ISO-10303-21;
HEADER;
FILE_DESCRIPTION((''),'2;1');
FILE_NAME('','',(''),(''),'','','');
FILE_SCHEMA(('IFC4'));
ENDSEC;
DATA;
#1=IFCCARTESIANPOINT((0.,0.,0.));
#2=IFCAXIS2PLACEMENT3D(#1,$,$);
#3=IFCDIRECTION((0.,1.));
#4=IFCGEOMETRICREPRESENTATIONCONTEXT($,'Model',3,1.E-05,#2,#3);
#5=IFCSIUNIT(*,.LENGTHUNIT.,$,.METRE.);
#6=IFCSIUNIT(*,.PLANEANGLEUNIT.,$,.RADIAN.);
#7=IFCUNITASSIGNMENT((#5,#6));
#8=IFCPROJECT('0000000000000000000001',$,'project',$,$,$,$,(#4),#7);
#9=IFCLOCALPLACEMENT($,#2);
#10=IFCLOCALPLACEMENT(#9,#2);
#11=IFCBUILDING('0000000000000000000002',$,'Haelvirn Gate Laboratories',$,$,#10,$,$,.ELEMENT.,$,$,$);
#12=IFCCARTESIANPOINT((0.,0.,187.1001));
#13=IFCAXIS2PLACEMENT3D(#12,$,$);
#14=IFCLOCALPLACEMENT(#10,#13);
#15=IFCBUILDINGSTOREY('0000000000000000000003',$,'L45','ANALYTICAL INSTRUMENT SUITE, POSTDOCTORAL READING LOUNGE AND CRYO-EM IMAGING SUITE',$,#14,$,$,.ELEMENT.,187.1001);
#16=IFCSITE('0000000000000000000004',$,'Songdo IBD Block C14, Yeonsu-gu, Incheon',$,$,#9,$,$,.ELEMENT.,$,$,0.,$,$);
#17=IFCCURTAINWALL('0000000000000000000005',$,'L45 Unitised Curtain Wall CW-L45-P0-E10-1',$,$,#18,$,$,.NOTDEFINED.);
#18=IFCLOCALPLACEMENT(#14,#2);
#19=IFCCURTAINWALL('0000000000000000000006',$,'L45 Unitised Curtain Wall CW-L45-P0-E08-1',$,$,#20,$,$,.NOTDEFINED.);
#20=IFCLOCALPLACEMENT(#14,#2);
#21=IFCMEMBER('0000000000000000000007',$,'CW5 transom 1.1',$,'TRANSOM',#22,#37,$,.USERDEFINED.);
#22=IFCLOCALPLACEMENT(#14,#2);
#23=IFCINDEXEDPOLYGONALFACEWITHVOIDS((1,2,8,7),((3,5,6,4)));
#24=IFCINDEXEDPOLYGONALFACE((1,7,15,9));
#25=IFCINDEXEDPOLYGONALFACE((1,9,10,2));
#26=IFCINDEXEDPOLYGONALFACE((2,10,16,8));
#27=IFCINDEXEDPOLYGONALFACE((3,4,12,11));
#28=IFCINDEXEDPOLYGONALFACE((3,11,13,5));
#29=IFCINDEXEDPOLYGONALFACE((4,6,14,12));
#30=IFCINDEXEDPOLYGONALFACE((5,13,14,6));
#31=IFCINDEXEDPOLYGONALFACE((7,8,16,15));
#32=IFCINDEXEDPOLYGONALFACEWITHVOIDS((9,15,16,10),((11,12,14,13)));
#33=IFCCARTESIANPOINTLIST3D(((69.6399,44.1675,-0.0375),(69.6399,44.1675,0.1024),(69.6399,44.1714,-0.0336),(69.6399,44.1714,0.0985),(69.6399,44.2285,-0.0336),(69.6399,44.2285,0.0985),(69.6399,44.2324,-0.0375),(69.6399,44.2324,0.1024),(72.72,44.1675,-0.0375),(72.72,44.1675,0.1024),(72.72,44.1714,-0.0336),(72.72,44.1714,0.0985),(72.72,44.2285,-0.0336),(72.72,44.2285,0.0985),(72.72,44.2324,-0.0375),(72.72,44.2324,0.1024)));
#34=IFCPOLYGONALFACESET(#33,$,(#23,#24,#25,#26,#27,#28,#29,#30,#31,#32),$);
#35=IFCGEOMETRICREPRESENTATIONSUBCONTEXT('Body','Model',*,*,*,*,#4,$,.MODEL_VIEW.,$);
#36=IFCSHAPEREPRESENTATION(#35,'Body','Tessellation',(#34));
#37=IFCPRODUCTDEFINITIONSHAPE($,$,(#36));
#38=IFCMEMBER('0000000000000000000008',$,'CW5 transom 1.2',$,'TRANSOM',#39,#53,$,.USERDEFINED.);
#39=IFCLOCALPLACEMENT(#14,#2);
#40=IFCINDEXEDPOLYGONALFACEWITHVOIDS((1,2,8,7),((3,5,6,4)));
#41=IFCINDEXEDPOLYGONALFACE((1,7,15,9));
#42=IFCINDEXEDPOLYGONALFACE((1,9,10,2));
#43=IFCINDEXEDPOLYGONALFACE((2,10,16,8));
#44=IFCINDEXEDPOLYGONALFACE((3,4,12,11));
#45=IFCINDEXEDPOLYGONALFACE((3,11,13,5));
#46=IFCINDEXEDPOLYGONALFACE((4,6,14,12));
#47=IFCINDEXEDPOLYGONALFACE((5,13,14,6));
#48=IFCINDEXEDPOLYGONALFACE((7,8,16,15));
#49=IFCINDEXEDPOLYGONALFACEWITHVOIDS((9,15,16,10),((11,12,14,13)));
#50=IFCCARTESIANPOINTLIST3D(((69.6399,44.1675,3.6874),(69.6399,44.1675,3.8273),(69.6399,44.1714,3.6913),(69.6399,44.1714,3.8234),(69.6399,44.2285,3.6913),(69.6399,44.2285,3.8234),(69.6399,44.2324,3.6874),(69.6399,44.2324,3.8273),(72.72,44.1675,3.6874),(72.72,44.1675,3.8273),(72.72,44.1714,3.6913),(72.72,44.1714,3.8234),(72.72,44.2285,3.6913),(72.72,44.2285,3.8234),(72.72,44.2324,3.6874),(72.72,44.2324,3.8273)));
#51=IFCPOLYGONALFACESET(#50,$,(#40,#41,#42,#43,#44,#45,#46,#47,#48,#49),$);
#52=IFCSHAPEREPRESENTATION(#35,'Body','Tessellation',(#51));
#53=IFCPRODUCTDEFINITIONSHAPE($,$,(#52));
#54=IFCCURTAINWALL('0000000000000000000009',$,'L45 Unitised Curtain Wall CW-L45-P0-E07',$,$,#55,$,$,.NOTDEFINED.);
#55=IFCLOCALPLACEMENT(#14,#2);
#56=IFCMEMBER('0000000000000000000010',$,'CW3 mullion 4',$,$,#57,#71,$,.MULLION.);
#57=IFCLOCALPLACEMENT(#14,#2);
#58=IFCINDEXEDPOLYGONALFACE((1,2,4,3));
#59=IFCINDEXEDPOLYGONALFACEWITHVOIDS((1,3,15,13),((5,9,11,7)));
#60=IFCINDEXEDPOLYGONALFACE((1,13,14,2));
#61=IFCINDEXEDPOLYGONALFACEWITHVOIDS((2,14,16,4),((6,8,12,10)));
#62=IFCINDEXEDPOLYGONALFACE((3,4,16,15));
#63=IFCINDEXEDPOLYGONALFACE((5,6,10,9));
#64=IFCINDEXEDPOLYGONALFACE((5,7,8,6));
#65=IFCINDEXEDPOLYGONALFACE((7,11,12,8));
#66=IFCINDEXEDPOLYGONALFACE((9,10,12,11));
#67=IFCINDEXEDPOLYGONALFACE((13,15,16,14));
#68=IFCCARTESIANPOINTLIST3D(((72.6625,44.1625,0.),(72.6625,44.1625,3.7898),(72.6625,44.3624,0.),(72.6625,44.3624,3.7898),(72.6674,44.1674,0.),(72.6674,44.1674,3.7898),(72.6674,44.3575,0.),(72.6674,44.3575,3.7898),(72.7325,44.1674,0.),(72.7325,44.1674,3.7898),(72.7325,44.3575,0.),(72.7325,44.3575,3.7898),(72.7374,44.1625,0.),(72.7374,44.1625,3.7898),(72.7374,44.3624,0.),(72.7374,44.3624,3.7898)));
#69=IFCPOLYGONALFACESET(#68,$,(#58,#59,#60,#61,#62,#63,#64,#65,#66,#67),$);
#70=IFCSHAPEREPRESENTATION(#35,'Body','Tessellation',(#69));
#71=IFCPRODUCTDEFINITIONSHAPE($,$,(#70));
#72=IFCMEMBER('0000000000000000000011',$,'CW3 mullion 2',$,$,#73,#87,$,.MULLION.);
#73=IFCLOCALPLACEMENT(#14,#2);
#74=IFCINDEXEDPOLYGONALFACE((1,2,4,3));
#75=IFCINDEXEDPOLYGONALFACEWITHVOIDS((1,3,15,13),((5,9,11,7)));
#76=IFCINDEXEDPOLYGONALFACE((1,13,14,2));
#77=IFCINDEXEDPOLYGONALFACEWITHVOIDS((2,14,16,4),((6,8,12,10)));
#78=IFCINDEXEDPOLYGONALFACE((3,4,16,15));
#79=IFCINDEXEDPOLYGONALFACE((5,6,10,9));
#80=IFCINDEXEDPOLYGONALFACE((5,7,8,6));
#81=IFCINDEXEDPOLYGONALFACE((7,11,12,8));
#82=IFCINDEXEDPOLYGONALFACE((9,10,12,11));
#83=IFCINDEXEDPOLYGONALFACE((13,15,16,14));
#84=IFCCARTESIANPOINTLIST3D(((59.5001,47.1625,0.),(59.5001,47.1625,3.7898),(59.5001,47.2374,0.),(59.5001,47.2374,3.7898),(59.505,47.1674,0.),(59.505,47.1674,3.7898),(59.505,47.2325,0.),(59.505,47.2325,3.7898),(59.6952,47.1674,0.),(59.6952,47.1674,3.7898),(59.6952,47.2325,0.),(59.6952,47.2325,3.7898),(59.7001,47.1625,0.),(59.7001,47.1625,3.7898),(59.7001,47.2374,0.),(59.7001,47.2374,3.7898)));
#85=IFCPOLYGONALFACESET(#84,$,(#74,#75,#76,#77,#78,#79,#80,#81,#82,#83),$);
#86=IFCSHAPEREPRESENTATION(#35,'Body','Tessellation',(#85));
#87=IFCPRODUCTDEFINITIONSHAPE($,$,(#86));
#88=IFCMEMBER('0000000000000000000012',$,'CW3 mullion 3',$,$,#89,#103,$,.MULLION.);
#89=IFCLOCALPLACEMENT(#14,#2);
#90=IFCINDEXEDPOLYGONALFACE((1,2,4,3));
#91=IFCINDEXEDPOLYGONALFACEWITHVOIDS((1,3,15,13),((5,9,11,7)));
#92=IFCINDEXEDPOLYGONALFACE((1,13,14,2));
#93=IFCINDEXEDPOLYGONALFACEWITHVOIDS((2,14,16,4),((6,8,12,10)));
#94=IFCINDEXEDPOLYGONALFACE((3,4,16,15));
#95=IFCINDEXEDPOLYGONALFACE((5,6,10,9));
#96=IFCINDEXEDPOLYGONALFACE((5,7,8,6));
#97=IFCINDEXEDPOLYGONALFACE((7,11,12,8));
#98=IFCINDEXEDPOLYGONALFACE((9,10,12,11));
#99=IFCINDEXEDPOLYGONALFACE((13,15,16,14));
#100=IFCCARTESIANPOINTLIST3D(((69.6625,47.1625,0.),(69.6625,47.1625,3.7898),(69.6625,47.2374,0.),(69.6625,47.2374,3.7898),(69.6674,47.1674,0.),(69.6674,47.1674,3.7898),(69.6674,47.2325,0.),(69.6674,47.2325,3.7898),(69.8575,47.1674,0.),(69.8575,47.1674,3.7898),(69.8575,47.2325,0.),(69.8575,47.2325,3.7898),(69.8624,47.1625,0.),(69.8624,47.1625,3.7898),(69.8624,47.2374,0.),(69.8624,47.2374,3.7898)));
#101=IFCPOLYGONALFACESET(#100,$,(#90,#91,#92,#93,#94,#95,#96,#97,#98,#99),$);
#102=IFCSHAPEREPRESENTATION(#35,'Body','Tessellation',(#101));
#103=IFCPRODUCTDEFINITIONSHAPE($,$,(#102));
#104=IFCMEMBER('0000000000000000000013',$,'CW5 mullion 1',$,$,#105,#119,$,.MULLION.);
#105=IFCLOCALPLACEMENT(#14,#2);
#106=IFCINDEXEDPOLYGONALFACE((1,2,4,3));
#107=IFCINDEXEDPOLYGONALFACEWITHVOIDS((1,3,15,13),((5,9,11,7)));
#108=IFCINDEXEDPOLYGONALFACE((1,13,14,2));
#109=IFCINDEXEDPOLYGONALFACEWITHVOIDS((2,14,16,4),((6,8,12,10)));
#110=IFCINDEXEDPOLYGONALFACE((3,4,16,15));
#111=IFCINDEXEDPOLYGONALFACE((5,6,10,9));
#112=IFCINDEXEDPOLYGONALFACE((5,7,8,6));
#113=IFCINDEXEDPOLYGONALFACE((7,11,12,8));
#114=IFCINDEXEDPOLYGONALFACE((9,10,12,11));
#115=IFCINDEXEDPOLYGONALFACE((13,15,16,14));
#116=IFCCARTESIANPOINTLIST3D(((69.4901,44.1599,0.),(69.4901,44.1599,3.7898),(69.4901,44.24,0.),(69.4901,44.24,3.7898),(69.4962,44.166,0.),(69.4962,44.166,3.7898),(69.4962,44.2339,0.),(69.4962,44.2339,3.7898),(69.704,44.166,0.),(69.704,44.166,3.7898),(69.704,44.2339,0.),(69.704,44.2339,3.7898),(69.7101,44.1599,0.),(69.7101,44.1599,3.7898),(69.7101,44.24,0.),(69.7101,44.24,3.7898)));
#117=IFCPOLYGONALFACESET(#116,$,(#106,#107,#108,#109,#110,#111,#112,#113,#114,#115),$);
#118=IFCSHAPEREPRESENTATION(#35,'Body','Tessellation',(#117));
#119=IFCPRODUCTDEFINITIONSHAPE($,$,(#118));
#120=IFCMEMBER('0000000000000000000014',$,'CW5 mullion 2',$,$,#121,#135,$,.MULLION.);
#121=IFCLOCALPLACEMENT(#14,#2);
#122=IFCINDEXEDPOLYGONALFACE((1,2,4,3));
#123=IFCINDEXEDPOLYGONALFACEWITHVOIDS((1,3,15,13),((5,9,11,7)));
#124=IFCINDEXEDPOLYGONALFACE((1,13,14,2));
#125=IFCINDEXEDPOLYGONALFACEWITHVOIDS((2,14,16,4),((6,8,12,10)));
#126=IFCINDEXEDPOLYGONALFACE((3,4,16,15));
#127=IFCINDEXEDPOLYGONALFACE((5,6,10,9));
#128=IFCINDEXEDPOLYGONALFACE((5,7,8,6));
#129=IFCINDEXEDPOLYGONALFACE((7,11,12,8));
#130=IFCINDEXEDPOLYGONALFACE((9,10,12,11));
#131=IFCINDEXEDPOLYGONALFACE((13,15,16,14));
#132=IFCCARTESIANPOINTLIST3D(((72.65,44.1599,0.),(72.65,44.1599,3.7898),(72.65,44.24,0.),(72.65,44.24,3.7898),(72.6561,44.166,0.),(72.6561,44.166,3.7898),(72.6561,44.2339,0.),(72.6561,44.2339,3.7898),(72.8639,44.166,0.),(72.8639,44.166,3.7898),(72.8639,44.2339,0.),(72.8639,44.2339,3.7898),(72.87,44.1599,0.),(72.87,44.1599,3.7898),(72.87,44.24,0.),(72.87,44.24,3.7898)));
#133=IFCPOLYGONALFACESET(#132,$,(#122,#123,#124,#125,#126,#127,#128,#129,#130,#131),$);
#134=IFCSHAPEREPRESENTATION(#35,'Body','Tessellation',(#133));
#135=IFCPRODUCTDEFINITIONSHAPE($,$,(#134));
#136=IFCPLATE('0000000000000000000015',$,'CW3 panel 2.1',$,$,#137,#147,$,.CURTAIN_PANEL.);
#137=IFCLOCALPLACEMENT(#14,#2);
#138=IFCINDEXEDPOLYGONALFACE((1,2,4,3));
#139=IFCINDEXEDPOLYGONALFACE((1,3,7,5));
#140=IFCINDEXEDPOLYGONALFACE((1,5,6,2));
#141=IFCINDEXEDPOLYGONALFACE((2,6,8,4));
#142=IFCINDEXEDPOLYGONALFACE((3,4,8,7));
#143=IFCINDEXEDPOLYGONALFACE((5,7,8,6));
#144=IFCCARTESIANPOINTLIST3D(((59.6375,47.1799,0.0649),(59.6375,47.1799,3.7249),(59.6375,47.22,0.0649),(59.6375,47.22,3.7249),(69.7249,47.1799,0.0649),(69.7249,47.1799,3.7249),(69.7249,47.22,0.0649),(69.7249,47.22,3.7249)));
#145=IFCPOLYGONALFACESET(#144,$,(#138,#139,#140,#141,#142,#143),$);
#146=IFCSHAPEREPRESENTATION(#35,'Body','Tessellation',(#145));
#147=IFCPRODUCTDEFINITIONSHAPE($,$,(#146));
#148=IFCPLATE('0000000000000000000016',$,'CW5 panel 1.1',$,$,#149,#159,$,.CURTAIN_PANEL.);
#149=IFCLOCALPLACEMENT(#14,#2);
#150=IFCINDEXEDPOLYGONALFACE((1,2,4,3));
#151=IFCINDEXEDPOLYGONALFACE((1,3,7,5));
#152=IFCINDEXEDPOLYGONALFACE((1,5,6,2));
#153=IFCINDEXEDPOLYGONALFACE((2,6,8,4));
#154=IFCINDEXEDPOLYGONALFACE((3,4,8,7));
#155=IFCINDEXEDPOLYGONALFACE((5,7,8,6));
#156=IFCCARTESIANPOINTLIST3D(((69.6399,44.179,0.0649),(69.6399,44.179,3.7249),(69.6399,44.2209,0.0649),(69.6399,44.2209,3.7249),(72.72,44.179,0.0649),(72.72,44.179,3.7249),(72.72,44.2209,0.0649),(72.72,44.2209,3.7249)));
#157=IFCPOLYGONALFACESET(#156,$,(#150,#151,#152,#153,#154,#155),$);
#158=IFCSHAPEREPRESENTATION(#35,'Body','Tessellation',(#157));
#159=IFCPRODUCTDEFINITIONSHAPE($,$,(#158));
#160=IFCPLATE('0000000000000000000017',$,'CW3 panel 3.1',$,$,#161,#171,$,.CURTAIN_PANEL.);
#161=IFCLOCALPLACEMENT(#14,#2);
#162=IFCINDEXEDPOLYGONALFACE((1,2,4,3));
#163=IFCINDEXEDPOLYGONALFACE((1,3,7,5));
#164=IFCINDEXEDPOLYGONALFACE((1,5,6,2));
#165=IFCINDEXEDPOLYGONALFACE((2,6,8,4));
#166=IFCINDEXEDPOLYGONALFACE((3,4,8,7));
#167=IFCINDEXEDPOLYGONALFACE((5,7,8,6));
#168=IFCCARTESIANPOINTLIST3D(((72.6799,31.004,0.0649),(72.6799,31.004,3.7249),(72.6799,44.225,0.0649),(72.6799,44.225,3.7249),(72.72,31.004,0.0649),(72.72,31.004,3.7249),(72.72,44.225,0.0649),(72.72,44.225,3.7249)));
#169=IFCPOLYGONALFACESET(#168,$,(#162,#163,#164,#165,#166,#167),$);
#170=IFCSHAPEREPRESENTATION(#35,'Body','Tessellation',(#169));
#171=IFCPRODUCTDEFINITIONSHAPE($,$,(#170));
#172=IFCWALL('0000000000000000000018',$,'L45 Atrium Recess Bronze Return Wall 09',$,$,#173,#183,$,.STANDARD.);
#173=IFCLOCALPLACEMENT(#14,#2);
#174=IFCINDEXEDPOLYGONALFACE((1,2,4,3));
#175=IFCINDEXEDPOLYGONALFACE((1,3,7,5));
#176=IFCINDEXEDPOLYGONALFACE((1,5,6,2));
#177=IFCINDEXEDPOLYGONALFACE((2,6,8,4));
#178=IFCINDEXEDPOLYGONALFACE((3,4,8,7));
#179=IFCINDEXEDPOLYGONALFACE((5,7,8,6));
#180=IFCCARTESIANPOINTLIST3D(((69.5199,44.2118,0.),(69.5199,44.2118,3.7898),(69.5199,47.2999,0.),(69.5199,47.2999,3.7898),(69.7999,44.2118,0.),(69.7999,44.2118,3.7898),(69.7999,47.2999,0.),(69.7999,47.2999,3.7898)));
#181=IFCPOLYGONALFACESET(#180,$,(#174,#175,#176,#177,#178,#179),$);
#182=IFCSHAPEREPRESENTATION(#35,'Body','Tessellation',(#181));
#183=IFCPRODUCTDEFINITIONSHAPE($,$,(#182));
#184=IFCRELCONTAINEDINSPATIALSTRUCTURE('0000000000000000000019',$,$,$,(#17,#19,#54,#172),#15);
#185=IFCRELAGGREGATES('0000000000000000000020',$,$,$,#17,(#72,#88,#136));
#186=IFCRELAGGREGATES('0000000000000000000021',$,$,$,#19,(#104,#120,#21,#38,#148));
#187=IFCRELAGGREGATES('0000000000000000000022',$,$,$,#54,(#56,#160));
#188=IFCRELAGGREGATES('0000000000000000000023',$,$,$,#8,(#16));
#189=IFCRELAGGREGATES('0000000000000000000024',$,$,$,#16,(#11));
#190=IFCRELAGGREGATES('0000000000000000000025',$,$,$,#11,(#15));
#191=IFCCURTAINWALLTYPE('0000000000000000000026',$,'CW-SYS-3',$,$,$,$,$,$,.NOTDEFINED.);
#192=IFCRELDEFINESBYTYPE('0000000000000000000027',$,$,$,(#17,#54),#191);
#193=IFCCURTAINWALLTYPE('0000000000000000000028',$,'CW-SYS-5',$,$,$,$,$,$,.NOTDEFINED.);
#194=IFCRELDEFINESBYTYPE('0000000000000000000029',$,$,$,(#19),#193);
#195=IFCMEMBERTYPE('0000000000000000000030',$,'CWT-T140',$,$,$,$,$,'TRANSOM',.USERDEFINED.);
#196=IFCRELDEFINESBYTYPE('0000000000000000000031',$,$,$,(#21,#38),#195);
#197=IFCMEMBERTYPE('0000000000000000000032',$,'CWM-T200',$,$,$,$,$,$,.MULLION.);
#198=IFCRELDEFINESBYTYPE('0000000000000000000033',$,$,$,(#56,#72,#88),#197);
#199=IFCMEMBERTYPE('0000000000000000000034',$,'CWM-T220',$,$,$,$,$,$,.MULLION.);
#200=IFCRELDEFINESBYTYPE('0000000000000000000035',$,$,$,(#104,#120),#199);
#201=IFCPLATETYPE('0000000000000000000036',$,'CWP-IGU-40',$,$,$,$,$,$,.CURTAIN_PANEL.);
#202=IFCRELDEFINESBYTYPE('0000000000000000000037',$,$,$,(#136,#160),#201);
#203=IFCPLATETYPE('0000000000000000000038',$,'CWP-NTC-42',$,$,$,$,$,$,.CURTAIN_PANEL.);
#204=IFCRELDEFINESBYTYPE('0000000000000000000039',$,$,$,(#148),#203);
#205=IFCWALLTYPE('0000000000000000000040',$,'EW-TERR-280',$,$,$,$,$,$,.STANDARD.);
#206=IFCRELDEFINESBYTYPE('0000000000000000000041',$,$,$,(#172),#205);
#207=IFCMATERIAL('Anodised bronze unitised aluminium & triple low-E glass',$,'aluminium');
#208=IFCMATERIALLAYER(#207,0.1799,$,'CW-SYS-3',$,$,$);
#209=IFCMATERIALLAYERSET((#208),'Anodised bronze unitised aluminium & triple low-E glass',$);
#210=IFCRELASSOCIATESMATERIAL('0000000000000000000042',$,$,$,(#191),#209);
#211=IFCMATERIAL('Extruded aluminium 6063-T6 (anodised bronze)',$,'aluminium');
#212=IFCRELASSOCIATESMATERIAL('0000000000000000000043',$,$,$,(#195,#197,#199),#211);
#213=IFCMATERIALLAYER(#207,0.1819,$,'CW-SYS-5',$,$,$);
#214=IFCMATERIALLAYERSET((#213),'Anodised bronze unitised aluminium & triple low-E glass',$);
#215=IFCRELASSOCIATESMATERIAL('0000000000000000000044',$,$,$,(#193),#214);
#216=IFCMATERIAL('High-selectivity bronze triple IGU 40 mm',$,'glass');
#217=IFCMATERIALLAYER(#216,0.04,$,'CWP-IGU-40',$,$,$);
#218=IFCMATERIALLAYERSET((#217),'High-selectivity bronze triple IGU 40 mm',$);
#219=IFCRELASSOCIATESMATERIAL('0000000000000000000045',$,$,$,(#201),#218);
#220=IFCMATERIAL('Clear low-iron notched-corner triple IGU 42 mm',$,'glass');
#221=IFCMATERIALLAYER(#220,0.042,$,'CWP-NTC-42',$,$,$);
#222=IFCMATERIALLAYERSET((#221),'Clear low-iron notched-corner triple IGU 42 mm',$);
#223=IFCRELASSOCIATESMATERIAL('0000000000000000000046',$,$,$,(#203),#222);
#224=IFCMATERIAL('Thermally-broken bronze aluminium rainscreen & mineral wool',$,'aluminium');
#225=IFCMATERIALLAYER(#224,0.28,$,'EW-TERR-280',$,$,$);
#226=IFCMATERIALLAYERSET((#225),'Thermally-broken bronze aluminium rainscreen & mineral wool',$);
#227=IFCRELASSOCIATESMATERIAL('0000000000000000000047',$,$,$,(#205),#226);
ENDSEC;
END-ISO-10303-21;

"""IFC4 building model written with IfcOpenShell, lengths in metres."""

from ifc_helpers import new_model, si_unit, direction, frame, frame_2d, origin, origin_2d, place, context, subcontext, project, spatial, rectangle, hollow_rectangle, extrude, source, transform, mapped, material, layer, layer_set, material_profile, profile_set, type_object, type_shapes, element, aggregate, save


model = new_model("IFC4")

# Units and contexts
model_context = context("Model", 3, precision=1e-05, world=origin(), true_north=direction((0.0, 1.0)))
body_context = subcontext(model_context, "Body", "Model", "MODEL_VIEW")
ifc_project = project(units=[si_unit("LENGTHUNIT", "METRE"), si_unit("PLANEANGLEUNIT", "RADIAN")], contexts=[model_context])

# Site, building, storey
site_placement = place(None, origin())
site = spatial("IfcSite", under=ifc_project, at=site_placement, Name="Songdo IBD Block C14, Yeonsu-gu, Incheon", CompositionType="ELEMENT", RefElevation=0.0)
building_placement = place(site_placement, origin())
building = spatial("IfcBuilding", under=site, at=building_placement, Name="Haelvirn Gate Laboratories", CompositionType="ELEMENT")
storey_placement = place(building_placement, frame((0.0, 0.0, 187.1001)))
storey = spatial("IfcBuildingStorey", under=building, at=storey_placement, Name="L45", Description="ANALYTICAL INSTRUMENT SUITE, POSTDOCTORAL READING LOUNGE AND CRYO-EM IMAGING SUITE", CompositionType="ELEMENT", Elevation=187.1001)

# Curtain walls, members
ifc_material_1 = material(Name="Anodised bronze unitised aluminium & triple low-E glass", Category="aluminium")
ifc_layer_1 = layer(ifc_material_1, 0.1799, Name="CW-SYS-3")
ifc_layer_set_1 = layer_set([ifc_layer_1], Name="Anodised bronze unitised aluminium & triple low-E glass")
curtain_wall_type_1 = type_object("IfcCurtainWallType", Name="CW-SYS-3", PredefinedType="NOTDEFINED", material=ifc_layer_set_1)
curtain_wall_1_placement = place(storey_placement, origin())
curtain_wall_1 = element("IfcCurtainWall", 1, at=curtain_wall_1_placement, inside=storey, type_object=curtain_wall_type_1, Name="L45 Unitised Curtain Wall CW-L45-P0-E10-1", PredefinedType="NOTDEFINED")
ifc_material_2 = material(Name="Extruded aluminium 6063-T6 (anodised bronze)", Category="aluminium")
ifc_material_profile_1 = material_profile(ifc_material_2, hollow_rectangle(XDim=0.0649, YDim=0.1399, WallThickness=0.0039, at=origin_2d()), Name="CWT-140x65x4")
ifc_profile_set_1 = profile_set([ifc_material_profile_1], Name="Extruded aluminium 6063-T6 (anodised bronze)")
member_type_1 = type_object("IfcMemberType", Name="CWT-T140", ElementType="TRANSOM", PredefinedType="USERDEFINED", material=ifc_profile_set_1)
ifc_layer_2 = layer(ifc_material_1, 0.1819, Name="CW-SYS-5")
ifc_layer_set_2 = layer_set([ifc_layer_2], Name="Anodised bronze unitised aluminium & triple low-E glass")
curtain_wall_type_2 = type_object("IfcCurtainWallType", Name="CW-SYS-5", PredefinedType="NOTDEFINED", material=ifc_layer_set_2)
curtain_wall_2_placement = place(storey_placement, origin())
curtain_wall_2 = element("IfcCurtainWall", 2, at=curtain_wall_2_placement, inside=storey, type_object=curtain_wall_type_2, Name="L45 Unitised Curtain Wall CW-L45-P0-E08-1", PredefinedType="NOTDEFINED")
shared_shape_1 = source(origin(), body_context, "Body", "SweptSolid", [
    extrude(hollow_rectangle(XDim=0.0649, YDim=0.1399, WallThickness=0.0039, at=origin_2d()), origin(), (0.0, 0.0, 1.0), 3.0801),
])
member_1_placement = place(storey_placement, frame((69.6399, 44.2, 0.0325), z_axis=(1.0, 0.0, 0.0), x_axis=(0.0, 1.0, 0.0)))
member_1 = element("IfcMember", 3, at=member_1_placement, type_object=member_type_1, Name="CW5 transom 1.1", ObjectType="TRANSOM", PredefinedType="USERDEFINED", context=body_context, shape_type="MappedRepresentation", body=[
    mapped(shared_shape_1, transform((0.0, 0.0, 0.0), scale=1.0)),
])
member_2_placement = place(storey_placement, frame((69.6399, 44.2, 3.7573), z_axis=(1.0, 0.0, 0.0), x_axis=(0.0, 1.0, 0.0)))
member_2 = element("IfcMember", 4, at=member_2_placement, type_object=member_type_1, Name="CW5 transom 1.2", ObjectType="TRANSOM", PredefinedType="USERDEFINED", context=body_context, shape_type="MappedRepresentation", body=[
    mapped(shared_shape_1, transform((0.0, 0.0, 0.0), scale=1.0)),
])

# Curtain wall, member
curtain_wall_3_placement = place(storey_placement, origin())
curtain_wall_3 = element("IfcCurtainWall", 5, at=curtain_wall_3_placement, inside=storey, type_object=curtain_wall_type_1, Name="L45 Unitised Curtain Wall CW-L45-P0-E07", PredefinedType="NOTDEFINED")
ifc_material_profile_2 = material_profile(ifc_material_2, hollow_rectangle(XDim=0.075, YDim=0.2, WallThickness=0.0049, at=origin_2d()), Name="CWM-200x75x5")
ifc_profile_set_2 = profile_set([ifc_material_profile_2], Name="Extruded aluminium 6063-T6 (anodised bronze)")
member_type_2 = type_object("IfcMemberType", Name="CWM-T200", PredefinedType="MULLION", material=ifc_profile_set_2)
shared_shape_2 = source(origin(), body_context, "Body", "SweptSolid", [
    extrude(hollow_rectangle(XDim=0.075, YDim=0.2, WallThickness=0.0049, at=origin_2d()), origin(), (0.0, 0.0, 1.0), 3.7898),
])
type_shapes(member_type_2, [shared_shape_2])
member_3_placement = place(storey_placement, frame((72.7, 44.2625, 0.0), z_axis=(0.0, 0.0, 1.0), x_axis=(-1.0, 0.0, 0.0)))
member_3 = element("IfcMember", 6, at=member_3_placement, type_object=member_type_2, Name="CW3 mullion 4", PredefinedType="MULLION", context=body_context, shape_type="MappedRepresentation", body=[
    mapped(shared_shape_2, transform((0.0, 0.0, 0.0), scale=1.0)),
])

# Members
member_4_placement = place(storey_placement, frame((59.6001, 47.2, 0.0), z_axis=(0.0, 0.0, 1.0), x_axis=(0.0, 1.0, 0.0)))
member_4 = element("IfcMember", 7, at=member_4_placement, type_object=member_type_2, Name="CW3 mullion 2", PredefinedType="MULLION", context=body_context, shape_type="MappedRepresentation", body=[
    mapped(shared_shape_2, transform((0.0, 0.0, 0.0), scale=1.0)),
])
member_5_placement = place(storey_placement, frame((69.7625, 47.2, 0.0), z_axis=(0.0, 0.0, 1.0), x_axis=(0.0, 1.0, 0.0)))
member_5 = element("IfcMember", 8, at=member_5_placement, type_object=member_type_2, Name="CW3 mullion 3", PredefinedType="MULLION", context=body_context, shape_type="MappedRepresentation", body=[
    mapped(shared_shape_2, transform((0.0, 0.0, 0.0), scale=1.0)),
])
ifc_material_profile_3 = material_profile(ifc_material_2, hollow_rectangle(XDim=0.0801, YDim=0.22, WallThickness=0.0061, at=origin_2d()), Name="CWM-220x80x6")
ifc_profile_set_3 = profile_set([ifc_material_profile_3], Name="Extruded aluminium 6063-T6 (anodised bronze)")
member_type_3 = type_object("IfcMemberType", Name="CWM-T220", PredefinedType="MULLION", material=ifc_profile_set_3)
shared_shape_3 = source(origin(), body_context, "Body", "SweptSolid", [
    extrude(hollow_rectangle(XDim=0.0801, YDim=0.22, WallThickness=0.0061, at=origin_2d()), origin(), (0.0, 0.0, 1.0), 3.7898),
])
type_shapes(member_type_3, [shared_shape_3])
member_6_placement = place(storey_placement, frame((69.6001, 44.2, 0.0), z_axis=(0.0, 0.0, 1.0), x_axis=(0.0, 1.0, 0.0)))
member_6 = element("IfcMember", 9, at=member_6_placement, type_object=member_type_3, Name="CW5 mullion 1", PredefinedType="MULLION", context=body_context, shape_type="MappedRepresentation", body=[
    mapped(shared_shape_3, transform((0.0, 0.0, 0.0), scale=1.0)),
])
member_7_placement = place(storey_placement, frame((72.76, 44.2, 0.0), z_axis=(0.0, 0.0, 1.0), x_axis=(0.0, 1.0, 0.0)))
member_7 = element("IfcMember", 10, at=member_7_placement, type_object=member_type_3, Name="CW5 mullion 2", PredefinedType="MULLION", context=body_context, shape_type="MappedRepresentation", body=[
    mapped(shared_shape_3, transform((0.0, 0.0, 0.0), scale=1.0)),
])

# Plates
ifc_material_3 = material(Name="High-selectivity bronze triple IGU 40 mm", Category="glass")
ifc_layer_3 = layer(ifc_material_3, 0.04, Name="CWP-IGU-40")
ifc_layer_set_3 = layer_set([ifc_layer_3], Name="High-selectivity bronze triple IGU 40 mm")
plate_type_1 = type_object("IfcPlateType", Name="CWP-IGU-40", PredefinedType="CURTAIN_PANEL", material=ifc_layer_set_3)
shared_shape_4 = source(origin(), body_context, "Body", "SweptSolid", [
    extrude(rectangle(XDim=10.0874, YDim=0.04, at=origin_2d()), origin(), (0.0, 0.0, 1.0), 3.6599),
])
plate_1_placement = place(storey_placement, frame((64.6812, 47.2, 0.0649), z_axis=(0.0, 0.0, 1.0), x_axis=(1.0, 0.0, 0.0)))
plate_1 = element("IfcPlate", 11, at=plate_1_placement, type_object=plate_type_1, Name="CW3 panel 2.1", PredefinedType="CURTAIN_PANEL", context=body_context, shape_type="MappedRepresentation", body=[
    mapped(shared_shape_4, transform((0.0, 0.0, 0.0), scale=1.0)),
])
aggregate(curtain_wall_1, [member_4, member_5, plate_1])
ifc_material_4 = material(Name="Clear low-iron notched-corner triple IGU 42 mm", Category="glass")
ifc_layer_4 = layer(ifc_material_4, 0.042, Name="CWP-NTC-42")
ifc_layer_set_4 = layer_set([ifc_layer_4], Name="Clear low-iron notched-corner triple IGU 42 mm")
plate_type_2 = type_object("IfcPlateType", Name="CWP-NTC-42", PredefinedType="CURTAIN_PANEL", material=ifc_layer_set_4)
shared_shape_5 = source(origin(), body_context, "Body", "SweptSolid", [
    extrude(rectangle(XDim=3.0801, YDim=0.042, at=origin_2d()), origin(), (0.0, 0.0, 1.0), 3.6599),
])
type_shapes(plate_type_2, [shared_shape_5])
plate_2_placement = place(storey_placement, frame((71.1799, 44.2, 0.0649), z_axis=(0.0, 0.0, 1.0), x_axis=(1.0, 0.0, 0.0)))
plate_2 = element("IfcPlate", 12, at=plate_2_placement, type_object=plate_type_2, Name="CW5 panel 1.1", PredefinedType="CURTAIN_PANEL", context=body_context, shape_type="MappedRepresentation", body=[
    mapped(shared_shape_5, transform((0.0, 0.0, 0.0), scale=1.0)),
])
aggregate(curtain_wall_2, [member_6, member_7, member_1, member_2, plate_2])
shared_shape_6 = source(origin(), body_context, "Body", "SweptSolid", [
    extrude(rectangle(XDim=13.2209, YDim=0.04, at=origin_2d()), origin(), (0.0, 0.0, 1.0), 3.6599),
])
type_shapes(plate_type_1, [shared_shape_4, shared_shape_6])
plate_3_placement = place(storey_placement, frame((72.7, 37.6145, 0.0649), z_axis=(0.0, 0.0, 1.0), x_axis=(0.0, 1.0, 0.0)))
plate_3 = element("IfcPlate", 13, at=plate_3_placement, type_object=plate_type_1, Name="CW3 panel 3.1", PredefinedType="CURTAIN_PANEL", context=body_context, shape_type="MappedRepresentation", body=[
    mapped(shared_shape_6, transform((0.0, 0.0, 0.0), scale=1.0)),
])
aggregate(curtain_wall_3, [member_3, plate_3])

# Wall
ifc_material_5 = material(Name="Thermally-broken bronze aluminium rainscreen & mineral wool", Category="aluminium")
ifc_layer_5 = layer(ifc_material_5, 0.28, Name="EW-TERR-280")
ifc_layer_set_5 = layer_set([ifc_layer_5], Name="Thermally-broken bronze aluminium rainscreen & mineral wool")
wall_type_1 = type_object("IfcWallType", Name="EW-TERR-280", PredefinedType="STANDARD", material=ifc_layer_set_5)
wall_1_placement = place(storey_placement, frame((69.6599, 44.2119, 0.0), z_axis=(0.0, 0.0, 1.0), x_axis=(0.0, 1.0, 0.0)))
element("IfcWall", 14, at=wall_1_placement, inside=storey, type_object=wall_type_1, Name="L45 Atrium Recess Bronze Return Wall 09", PredefinedType="STANDARD", context=body_context, shape_type="SweptSolid", body=[
    extrude(rectangle(XDim=3.0881, YDim=0.28, at=frame_2d((1.5439, 0.0))), origin(), (0.0, 0.0, 1.0), 3.7898),
])

save(model, "model.ifc")
